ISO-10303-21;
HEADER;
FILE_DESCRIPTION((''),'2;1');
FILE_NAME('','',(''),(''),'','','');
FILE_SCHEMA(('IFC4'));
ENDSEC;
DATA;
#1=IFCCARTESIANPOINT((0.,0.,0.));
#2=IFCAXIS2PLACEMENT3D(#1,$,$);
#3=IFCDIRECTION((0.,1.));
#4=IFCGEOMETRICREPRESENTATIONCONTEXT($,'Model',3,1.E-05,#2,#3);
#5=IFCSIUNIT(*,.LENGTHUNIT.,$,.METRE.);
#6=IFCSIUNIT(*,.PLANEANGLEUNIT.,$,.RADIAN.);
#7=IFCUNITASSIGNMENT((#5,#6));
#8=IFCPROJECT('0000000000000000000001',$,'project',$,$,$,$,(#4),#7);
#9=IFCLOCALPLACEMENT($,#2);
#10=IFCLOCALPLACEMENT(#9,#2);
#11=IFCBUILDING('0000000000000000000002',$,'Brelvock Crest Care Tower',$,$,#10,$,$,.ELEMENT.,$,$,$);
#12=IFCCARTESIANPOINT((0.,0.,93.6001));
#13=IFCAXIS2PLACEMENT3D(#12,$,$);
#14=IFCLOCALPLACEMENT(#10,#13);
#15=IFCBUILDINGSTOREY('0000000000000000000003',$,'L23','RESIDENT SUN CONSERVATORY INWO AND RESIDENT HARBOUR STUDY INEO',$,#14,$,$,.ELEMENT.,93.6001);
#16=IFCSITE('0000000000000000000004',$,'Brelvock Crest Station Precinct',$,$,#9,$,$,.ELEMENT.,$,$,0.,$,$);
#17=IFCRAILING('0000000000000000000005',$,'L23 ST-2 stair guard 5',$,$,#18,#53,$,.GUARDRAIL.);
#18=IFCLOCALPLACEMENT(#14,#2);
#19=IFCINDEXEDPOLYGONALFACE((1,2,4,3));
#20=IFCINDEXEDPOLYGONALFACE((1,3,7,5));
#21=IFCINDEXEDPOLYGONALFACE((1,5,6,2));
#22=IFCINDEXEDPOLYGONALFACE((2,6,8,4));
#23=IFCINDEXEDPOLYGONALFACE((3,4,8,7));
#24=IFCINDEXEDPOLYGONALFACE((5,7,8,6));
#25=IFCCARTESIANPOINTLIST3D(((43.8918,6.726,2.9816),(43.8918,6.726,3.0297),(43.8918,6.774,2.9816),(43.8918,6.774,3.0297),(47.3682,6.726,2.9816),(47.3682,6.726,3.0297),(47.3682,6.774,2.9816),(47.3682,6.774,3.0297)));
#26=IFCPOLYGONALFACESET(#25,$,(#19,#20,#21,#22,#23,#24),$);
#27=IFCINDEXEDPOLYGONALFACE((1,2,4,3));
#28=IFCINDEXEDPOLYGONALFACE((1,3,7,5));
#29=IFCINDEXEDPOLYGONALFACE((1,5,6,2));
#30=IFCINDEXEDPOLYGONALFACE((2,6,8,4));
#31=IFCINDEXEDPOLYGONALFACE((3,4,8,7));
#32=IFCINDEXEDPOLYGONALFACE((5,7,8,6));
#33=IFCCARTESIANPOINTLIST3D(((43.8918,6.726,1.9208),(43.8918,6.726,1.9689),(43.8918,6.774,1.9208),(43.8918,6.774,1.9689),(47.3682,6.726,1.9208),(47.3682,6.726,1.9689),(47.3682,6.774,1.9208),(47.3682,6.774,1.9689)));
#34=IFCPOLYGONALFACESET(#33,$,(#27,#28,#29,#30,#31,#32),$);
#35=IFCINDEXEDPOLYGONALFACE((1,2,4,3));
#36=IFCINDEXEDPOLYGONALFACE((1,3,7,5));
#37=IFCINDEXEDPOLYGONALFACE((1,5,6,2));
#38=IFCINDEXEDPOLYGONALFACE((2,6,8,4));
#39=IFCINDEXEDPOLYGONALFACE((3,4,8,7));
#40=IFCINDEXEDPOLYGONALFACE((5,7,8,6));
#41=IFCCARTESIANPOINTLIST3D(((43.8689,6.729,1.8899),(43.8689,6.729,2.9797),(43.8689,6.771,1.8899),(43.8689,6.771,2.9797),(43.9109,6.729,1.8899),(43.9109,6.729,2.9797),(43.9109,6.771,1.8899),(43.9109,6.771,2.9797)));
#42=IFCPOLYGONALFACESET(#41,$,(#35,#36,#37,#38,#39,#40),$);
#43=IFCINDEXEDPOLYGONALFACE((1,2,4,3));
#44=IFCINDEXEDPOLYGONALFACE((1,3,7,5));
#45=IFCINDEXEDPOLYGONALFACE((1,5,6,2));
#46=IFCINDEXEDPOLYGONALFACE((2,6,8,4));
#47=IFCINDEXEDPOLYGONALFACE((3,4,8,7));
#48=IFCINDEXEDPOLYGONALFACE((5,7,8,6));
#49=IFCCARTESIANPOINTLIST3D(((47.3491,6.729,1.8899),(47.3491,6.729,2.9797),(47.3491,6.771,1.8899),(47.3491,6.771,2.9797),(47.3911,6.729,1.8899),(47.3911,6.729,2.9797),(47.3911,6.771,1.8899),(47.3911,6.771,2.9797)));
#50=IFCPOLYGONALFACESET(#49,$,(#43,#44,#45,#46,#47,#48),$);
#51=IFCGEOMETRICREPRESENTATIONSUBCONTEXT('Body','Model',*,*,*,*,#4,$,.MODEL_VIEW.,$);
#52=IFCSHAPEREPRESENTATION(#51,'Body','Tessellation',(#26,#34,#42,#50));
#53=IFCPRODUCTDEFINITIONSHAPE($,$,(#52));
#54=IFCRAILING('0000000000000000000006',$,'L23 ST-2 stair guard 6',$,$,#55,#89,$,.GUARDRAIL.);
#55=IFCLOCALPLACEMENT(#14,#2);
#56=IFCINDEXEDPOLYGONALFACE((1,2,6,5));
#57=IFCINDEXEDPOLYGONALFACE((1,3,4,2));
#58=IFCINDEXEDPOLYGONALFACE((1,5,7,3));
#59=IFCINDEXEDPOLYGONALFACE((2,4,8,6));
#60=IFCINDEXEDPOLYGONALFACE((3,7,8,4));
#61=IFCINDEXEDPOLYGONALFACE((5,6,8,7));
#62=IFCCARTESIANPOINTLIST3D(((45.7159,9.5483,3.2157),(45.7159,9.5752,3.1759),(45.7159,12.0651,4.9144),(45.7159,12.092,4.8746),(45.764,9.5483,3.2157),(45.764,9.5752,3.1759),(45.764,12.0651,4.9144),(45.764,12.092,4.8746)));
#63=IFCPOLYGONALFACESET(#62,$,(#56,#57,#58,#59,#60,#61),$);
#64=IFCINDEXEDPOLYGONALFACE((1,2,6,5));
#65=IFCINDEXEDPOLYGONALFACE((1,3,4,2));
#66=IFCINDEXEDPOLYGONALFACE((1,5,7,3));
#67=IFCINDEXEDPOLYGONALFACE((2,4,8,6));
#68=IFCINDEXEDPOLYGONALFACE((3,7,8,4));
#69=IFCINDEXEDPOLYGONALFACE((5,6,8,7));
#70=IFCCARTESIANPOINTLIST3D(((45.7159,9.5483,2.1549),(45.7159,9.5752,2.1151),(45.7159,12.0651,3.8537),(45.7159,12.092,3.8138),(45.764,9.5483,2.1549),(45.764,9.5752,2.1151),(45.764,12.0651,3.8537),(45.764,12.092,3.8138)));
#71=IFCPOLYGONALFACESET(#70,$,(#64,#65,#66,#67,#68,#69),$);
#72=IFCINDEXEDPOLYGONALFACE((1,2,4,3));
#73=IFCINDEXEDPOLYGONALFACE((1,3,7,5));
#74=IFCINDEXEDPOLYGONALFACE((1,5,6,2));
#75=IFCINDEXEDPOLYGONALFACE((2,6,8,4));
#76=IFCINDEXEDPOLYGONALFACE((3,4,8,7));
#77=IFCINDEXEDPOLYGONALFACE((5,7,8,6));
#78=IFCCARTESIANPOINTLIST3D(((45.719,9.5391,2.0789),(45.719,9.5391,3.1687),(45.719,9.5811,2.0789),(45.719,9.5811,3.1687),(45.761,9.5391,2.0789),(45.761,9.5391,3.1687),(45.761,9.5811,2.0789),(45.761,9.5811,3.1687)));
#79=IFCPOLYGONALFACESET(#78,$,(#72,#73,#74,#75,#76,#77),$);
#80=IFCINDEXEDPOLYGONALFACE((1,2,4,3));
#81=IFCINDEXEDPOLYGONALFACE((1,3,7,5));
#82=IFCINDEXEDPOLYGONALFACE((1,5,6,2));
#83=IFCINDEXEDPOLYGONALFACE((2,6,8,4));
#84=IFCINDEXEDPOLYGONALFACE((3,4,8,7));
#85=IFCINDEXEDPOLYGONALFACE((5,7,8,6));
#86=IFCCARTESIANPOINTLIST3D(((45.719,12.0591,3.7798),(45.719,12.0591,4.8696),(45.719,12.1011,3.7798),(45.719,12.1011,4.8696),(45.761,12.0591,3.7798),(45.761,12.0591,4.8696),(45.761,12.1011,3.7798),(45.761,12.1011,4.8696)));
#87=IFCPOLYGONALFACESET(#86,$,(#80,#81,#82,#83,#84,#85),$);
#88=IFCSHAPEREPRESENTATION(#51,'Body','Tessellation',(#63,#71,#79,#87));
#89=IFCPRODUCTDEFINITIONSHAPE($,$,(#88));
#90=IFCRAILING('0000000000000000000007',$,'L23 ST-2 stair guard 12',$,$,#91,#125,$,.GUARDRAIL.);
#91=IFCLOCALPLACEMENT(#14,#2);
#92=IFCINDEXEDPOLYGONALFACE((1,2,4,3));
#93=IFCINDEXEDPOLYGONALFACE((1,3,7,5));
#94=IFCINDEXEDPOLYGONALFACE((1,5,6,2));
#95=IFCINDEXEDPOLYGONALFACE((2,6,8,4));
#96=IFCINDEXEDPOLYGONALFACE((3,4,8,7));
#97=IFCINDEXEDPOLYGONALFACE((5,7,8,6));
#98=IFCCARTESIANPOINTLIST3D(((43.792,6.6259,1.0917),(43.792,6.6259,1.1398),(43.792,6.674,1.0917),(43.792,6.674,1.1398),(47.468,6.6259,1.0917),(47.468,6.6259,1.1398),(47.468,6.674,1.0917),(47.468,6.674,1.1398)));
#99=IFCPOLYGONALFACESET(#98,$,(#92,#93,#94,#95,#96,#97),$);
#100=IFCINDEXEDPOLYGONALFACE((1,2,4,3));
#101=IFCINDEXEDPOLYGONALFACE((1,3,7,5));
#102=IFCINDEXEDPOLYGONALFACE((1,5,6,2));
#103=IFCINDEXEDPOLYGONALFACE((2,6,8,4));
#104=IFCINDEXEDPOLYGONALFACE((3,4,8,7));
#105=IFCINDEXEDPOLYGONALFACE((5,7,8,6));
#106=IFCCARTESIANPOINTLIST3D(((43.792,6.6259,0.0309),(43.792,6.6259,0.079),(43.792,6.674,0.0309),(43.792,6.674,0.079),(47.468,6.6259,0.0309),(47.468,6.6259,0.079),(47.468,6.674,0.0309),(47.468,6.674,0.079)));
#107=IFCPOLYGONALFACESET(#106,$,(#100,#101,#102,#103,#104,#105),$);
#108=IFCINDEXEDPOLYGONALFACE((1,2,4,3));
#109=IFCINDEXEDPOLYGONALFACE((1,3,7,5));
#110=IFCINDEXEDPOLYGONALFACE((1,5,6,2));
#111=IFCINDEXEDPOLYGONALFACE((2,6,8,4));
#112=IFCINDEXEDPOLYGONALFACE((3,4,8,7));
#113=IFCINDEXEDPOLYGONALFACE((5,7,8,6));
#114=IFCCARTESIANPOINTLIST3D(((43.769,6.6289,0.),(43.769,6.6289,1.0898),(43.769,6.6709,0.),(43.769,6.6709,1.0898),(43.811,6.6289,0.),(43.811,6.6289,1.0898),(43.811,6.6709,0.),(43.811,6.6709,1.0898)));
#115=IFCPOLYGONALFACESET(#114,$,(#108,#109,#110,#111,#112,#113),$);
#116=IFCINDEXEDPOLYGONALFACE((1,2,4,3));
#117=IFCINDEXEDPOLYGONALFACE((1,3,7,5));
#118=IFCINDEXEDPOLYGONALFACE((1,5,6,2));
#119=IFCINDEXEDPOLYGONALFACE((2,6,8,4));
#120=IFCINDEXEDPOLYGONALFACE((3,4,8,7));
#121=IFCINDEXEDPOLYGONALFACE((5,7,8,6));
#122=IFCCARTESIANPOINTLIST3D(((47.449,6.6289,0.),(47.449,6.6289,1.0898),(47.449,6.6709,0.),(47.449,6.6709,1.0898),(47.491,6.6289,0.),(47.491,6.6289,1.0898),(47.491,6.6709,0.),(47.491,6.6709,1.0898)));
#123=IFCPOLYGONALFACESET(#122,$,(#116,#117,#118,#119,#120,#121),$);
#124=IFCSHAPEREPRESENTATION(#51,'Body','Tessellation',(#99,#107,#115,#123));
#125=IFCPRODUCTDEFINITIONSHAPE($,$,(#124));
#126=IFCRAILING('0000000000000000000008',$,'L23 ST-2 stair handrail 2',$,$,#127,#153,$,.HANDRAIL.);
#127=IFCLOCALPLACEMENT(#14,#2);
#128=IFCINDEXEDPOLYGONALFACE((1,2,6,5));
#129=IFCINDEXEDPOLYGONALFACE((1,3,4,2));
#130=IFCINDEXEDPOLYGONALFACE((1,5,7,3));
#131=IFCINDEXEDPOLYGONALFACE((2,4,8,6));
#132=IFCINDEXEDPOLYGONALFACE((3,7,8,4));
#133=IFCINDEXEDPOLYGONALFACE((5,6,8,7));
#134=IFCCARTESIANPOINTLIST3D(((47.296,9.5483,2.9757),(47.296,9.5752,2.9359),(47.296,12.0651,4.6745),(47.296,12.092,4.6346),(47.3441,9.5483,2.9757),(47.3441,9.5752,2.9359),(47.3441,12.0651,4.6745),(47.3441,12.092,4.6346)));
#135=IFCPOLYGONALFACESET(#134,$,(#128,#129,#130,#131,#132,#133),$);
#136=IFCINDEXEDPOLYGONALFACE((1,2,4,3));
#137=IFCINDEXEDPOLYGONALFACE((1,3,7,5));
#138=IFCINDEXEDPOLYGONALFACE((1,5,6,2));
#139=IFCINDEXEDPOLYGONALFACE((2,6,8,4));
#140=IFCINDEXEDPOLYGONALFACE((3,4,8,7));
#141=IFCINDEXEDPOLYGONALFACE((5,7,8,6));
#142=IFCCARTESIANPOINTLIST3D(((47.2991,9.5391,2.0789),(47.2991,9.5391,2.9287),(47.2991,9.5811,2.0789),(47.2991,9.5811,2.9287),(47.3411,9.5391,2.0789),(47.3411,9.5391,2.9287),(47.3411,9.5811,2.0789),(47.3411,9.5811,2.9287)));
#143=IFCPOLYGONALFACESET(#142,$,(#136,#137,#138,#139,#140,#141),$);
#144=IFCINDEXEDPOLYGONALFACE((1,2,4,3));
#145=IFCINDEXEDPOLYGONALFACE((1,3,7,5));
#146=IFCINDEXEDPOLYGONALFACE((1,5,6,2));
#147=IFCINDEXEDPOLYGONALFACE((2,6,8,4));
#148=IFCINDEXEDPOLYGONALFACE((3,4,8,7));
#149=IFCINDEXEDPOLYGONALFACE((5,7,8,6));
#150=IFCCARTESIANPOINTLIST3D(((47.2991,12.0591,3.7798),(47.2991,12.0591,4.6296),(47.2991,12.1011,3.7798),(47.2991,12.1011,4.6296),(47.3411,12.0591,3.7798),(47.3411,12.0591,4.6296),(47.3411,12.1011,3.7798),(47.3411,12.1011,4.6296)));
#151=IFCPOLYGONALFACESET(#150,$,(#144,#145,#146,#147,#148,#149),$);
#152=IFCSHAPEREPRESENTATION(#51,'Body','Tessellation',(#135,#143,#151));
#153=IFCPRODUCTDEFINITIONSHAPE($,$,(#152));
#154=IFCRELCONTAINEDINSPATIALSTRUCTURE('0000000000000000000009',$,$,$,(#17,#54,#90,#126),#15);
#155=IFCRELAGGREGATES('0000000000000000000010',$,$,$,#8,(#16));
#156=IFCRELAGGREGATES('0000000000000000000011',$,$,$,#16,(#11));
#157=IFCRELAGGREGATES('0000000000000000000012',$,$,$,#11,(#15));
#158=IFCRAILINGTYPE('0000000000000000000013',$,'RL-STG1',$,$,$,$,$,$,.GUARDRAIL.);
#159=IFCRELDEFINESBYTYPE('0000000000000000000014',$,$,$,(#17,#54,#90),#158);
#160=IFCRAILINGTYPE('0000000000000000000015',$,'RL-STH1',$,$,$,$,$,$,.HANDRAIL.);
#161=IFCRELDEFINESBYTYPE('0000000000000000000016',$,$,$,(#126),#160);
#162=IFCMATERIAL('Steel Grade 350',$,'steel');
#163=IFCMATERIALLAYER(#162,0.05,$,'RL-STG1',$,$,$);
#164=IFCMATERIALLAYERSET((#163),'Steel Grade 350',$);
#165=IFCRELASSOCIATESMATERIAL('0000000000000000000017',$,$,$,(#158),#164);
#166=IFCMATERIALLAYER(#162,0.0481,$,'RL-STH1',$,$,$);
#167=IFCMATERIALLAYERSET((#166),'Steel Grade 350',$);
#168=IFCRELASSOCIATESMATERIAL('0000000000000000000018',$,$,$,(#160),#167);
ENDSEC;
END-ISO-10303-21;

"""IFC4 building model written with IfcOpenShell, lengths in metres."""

from ifc_helpers import new_model, si_unit, direction, frame, origin, origin_2d, place, context, subcontext, project, spatial, rectangle, extrude, material, layer, layer_set, type_object, element, save


model = new_model("IFC4")

# Units and contexts
model_context = context("Model", 3, precision=1e-05, world=origin(), true_north=direction((0.0, 1.0)))
body_context = subcontext(model_context, "Body", "Model", "MODEL_VIEW")
ifc_project = project(units=[si_unit("LENGTHUNIT", "METRE"), si_unit("PLANEANGLEUNIT", "RADIAN")], contexts=[model_context])

# Site, building, storey
site_placement = place(None, origin())
site = spatial("IfcSite", under=ifc_project, at=site_placement, Name="Brelvock Crest Station Precinct", CompositionType="ELEMENT", RefElevation=0.0)
building_placement = place(site_placement, origin())
building = spatial("IfcBuilding", under=site, at=building_placement, Name="Brelvock Crest Care Tower", CompositionType="ELEMENT")
storey_placement = place(building_placement, frame((0.0, 0.0, 93.6001)))
storey = spatial("IfcBuildingStorey", under=building, at=storey_placement, Name="L23", Description="RESIDENT SUN CONSERVATORY INWO AND RESIDENT HARBOUR STUDY INEO", CompositionType="ELEMENT", Elevation=93.6001)

# Shared definitions
ifc_material_1 = material(Name="Steel Grade 350", Category="steel")

# Railings
ifc_layer_1 = layer(ifc_material_1, 0.05, Name="RL-STG1")
ifc_layer_set_1 = layer_set([ifc_layer_1], Name="Steel Grade 350")
railing_type_1 = type_object("IfcRailingType", Name="RL-STG1", PredefinedType="GUARDRAIL", material=ifc_layer_set_1)
railing_1_placement = place(storey_placement, frame((43.8899, 6.75, 1.8899)))
element("IfcRailing", 1, at=railing_1_placement, inside=storey, type_object=railing_type_1, Name="L23 ST-2 stair guard 5", PredefinedType="GUARDRAIL", context=body_context, shape_type="SweptSolid", body=[
    extrude(rectangle(XDim=0.0481, YDim=0.0481, at=origin_2d()), frame((0.002, 0.0, 1.1157), z_axis=(1.0, 0.0, 0.0), x_axis=(0.0, 1.0, 0.0)), (0.0, 0.0, 1.0), 3.4763),
    extrude(rectangle(XDim=0.0481, YDim=0.0481, at=origin_2d()), frame((0.002, 0.0, 0.0549), z_axis=(1.0, 0.0, 0.0), x_axis=(0.0, 1.0, 0.0)), (0.0, 0.0, 1.0), 3.4763),
    extrude(rectangle(XDim=0.042, YDim=0.042, at=origin_2d()), origin(), (0.0, 0.0, 1.0), 1.0898),
    extrude(rectangle(XDim=0.042, YDim=0.042, at=origin_2d()), frame((3.4802, 0.0, 0.0)), (0.0, 0.0, 1.0), 1.0898),
])
railing_2_placement = place(storey_placement, frame((45.74, 9.5601, 2.0789)))
element("IfcRailing", 2, at=railing_2_placement, inside=storey, type_object=railing_type_1, Name="L23 ST-2 stair guard 6", PredefinedType="GUARDRAIL", context=body_context, shape_type="SweptSolid", body=[
    extrude(rectangle(XDim=0.0481, YDim=0.0481, at=origin_2d()), frame((0.0, 0.0017, 1.1169), z_axis=(0.0, 0.828862, 0.559454), x_axis=(-1.0, 0.0, 0.0)), (0.0, 0.0, 1.0), 3.0364),
    extrude(rectangle(XDim=0.0481, YDim=0.0481, at=origin_2d()), frame((0.0, 0.0017, 0.0562), z_axis=(0.0, 0.828862, 0.559454), x_axis=(-1.0, 0.0, 0.0)), (0.0, 0.0, 1.0), 3.0364),
    extrude(rectangle(XDim=0.042, YDim=0.042, at=origin_2d()), origin(), (0.0, 0.0, 1.0), 1.0898),
    extrude(rectangle(XDim=0.042, YDim=0.042, at=origin_2d()), frame((0.0, 2.52, 1.7009)), (0.0, 0.0, 1.0), 1.0898),
])
railing_3_placement = place(storey_placement, frame((43.79, 6.6499, 0.0)))
element("IfcRailing", 3, at=railing_3_placement, inside=storey, type_object=railing_type_1, Name="L23 ST-2 stair guard 12", PredefinedType="GUARDRAIL", context=body_context, shape_type="SweptSolid", body=[
    extrude(rectangle(XDim=0.0481, YDim=0.0481, at=origin_2d()), frame((0.002, 0.0, 1.1157), z_axis=(1.0, 0.0, 0.0), x_axis=(0.0, 1.0, 0.0)), (0.0, 0.0, 1.0), 3.676),
    extrude(rectangle(XDim=0.0481, YDim=0.0481, at=origin_2d()), frame((0.002, 0.0, 0.0549), z_axis=(1.0, 0.0, 0.0), x_axis=(0.0, 1.0, 0.0)), (0.0, 0.0, 1.0), 3.676),
    extrude(rectangle(XDim=0.042, YDim=0.042, at=origin_2d()), origin(), (0.0, 0.0, 1.0), 1.0898),
    extrude(rectangle(XDim=0.042, YDim=0.042, at=origin_2d()), frame((3.6799, 0.0, 0.0)), (0.0, 0.0, 1.0), 1.0898),
])
ifc_layer_2 = layer(ifc_material_1, 0.0481, Name="RL-STH1")
ifc_layer_set_2 = layer_set([ifc_layer_2], Name="Steel Grade 350")
railing_type_2 = type_object("IfcRailingType", Name="RL-STH1", PredefinedType="HANDRAIL", material=ifc_layer_set_2)
railing_4_placement = place(storey_placement, frame((47.3201, 9.5601, 2.0789)))
element("IfcRailing", 4, at=railing_4_placement, inside=storey, type_object=railing_type_2, Name="L23 ST-2 stair handrail 2", PredefinedType="HANDRAIL", context=body_context, shape_type="SweptSolid", body=[
    extrude(rectangle(XDim=0.0481, YDim=0.0481, at=origin_2d()), frame((0.0, 0.0017, 0.877), z_axis=(0.0, 0.828862, 0.559454), x_axis=(-1.0, 0.0, 0.0)), (0.0, 0.0, 1.0), 3.0364),
    extrude(rectangle(XDim=0.042, YDim=0.042, at=origin_2d()), origin(), (0.0, 0.0, 1.0), 0.8499),
    extrude(rectangle(XDim=0.042, YDim=0.042, at=origin_2d()), frame((0.0, 2.52, 1.7009)), (0.0, 0.0, 1.0), 0.8499),
])

save(model, "model.ifc")
